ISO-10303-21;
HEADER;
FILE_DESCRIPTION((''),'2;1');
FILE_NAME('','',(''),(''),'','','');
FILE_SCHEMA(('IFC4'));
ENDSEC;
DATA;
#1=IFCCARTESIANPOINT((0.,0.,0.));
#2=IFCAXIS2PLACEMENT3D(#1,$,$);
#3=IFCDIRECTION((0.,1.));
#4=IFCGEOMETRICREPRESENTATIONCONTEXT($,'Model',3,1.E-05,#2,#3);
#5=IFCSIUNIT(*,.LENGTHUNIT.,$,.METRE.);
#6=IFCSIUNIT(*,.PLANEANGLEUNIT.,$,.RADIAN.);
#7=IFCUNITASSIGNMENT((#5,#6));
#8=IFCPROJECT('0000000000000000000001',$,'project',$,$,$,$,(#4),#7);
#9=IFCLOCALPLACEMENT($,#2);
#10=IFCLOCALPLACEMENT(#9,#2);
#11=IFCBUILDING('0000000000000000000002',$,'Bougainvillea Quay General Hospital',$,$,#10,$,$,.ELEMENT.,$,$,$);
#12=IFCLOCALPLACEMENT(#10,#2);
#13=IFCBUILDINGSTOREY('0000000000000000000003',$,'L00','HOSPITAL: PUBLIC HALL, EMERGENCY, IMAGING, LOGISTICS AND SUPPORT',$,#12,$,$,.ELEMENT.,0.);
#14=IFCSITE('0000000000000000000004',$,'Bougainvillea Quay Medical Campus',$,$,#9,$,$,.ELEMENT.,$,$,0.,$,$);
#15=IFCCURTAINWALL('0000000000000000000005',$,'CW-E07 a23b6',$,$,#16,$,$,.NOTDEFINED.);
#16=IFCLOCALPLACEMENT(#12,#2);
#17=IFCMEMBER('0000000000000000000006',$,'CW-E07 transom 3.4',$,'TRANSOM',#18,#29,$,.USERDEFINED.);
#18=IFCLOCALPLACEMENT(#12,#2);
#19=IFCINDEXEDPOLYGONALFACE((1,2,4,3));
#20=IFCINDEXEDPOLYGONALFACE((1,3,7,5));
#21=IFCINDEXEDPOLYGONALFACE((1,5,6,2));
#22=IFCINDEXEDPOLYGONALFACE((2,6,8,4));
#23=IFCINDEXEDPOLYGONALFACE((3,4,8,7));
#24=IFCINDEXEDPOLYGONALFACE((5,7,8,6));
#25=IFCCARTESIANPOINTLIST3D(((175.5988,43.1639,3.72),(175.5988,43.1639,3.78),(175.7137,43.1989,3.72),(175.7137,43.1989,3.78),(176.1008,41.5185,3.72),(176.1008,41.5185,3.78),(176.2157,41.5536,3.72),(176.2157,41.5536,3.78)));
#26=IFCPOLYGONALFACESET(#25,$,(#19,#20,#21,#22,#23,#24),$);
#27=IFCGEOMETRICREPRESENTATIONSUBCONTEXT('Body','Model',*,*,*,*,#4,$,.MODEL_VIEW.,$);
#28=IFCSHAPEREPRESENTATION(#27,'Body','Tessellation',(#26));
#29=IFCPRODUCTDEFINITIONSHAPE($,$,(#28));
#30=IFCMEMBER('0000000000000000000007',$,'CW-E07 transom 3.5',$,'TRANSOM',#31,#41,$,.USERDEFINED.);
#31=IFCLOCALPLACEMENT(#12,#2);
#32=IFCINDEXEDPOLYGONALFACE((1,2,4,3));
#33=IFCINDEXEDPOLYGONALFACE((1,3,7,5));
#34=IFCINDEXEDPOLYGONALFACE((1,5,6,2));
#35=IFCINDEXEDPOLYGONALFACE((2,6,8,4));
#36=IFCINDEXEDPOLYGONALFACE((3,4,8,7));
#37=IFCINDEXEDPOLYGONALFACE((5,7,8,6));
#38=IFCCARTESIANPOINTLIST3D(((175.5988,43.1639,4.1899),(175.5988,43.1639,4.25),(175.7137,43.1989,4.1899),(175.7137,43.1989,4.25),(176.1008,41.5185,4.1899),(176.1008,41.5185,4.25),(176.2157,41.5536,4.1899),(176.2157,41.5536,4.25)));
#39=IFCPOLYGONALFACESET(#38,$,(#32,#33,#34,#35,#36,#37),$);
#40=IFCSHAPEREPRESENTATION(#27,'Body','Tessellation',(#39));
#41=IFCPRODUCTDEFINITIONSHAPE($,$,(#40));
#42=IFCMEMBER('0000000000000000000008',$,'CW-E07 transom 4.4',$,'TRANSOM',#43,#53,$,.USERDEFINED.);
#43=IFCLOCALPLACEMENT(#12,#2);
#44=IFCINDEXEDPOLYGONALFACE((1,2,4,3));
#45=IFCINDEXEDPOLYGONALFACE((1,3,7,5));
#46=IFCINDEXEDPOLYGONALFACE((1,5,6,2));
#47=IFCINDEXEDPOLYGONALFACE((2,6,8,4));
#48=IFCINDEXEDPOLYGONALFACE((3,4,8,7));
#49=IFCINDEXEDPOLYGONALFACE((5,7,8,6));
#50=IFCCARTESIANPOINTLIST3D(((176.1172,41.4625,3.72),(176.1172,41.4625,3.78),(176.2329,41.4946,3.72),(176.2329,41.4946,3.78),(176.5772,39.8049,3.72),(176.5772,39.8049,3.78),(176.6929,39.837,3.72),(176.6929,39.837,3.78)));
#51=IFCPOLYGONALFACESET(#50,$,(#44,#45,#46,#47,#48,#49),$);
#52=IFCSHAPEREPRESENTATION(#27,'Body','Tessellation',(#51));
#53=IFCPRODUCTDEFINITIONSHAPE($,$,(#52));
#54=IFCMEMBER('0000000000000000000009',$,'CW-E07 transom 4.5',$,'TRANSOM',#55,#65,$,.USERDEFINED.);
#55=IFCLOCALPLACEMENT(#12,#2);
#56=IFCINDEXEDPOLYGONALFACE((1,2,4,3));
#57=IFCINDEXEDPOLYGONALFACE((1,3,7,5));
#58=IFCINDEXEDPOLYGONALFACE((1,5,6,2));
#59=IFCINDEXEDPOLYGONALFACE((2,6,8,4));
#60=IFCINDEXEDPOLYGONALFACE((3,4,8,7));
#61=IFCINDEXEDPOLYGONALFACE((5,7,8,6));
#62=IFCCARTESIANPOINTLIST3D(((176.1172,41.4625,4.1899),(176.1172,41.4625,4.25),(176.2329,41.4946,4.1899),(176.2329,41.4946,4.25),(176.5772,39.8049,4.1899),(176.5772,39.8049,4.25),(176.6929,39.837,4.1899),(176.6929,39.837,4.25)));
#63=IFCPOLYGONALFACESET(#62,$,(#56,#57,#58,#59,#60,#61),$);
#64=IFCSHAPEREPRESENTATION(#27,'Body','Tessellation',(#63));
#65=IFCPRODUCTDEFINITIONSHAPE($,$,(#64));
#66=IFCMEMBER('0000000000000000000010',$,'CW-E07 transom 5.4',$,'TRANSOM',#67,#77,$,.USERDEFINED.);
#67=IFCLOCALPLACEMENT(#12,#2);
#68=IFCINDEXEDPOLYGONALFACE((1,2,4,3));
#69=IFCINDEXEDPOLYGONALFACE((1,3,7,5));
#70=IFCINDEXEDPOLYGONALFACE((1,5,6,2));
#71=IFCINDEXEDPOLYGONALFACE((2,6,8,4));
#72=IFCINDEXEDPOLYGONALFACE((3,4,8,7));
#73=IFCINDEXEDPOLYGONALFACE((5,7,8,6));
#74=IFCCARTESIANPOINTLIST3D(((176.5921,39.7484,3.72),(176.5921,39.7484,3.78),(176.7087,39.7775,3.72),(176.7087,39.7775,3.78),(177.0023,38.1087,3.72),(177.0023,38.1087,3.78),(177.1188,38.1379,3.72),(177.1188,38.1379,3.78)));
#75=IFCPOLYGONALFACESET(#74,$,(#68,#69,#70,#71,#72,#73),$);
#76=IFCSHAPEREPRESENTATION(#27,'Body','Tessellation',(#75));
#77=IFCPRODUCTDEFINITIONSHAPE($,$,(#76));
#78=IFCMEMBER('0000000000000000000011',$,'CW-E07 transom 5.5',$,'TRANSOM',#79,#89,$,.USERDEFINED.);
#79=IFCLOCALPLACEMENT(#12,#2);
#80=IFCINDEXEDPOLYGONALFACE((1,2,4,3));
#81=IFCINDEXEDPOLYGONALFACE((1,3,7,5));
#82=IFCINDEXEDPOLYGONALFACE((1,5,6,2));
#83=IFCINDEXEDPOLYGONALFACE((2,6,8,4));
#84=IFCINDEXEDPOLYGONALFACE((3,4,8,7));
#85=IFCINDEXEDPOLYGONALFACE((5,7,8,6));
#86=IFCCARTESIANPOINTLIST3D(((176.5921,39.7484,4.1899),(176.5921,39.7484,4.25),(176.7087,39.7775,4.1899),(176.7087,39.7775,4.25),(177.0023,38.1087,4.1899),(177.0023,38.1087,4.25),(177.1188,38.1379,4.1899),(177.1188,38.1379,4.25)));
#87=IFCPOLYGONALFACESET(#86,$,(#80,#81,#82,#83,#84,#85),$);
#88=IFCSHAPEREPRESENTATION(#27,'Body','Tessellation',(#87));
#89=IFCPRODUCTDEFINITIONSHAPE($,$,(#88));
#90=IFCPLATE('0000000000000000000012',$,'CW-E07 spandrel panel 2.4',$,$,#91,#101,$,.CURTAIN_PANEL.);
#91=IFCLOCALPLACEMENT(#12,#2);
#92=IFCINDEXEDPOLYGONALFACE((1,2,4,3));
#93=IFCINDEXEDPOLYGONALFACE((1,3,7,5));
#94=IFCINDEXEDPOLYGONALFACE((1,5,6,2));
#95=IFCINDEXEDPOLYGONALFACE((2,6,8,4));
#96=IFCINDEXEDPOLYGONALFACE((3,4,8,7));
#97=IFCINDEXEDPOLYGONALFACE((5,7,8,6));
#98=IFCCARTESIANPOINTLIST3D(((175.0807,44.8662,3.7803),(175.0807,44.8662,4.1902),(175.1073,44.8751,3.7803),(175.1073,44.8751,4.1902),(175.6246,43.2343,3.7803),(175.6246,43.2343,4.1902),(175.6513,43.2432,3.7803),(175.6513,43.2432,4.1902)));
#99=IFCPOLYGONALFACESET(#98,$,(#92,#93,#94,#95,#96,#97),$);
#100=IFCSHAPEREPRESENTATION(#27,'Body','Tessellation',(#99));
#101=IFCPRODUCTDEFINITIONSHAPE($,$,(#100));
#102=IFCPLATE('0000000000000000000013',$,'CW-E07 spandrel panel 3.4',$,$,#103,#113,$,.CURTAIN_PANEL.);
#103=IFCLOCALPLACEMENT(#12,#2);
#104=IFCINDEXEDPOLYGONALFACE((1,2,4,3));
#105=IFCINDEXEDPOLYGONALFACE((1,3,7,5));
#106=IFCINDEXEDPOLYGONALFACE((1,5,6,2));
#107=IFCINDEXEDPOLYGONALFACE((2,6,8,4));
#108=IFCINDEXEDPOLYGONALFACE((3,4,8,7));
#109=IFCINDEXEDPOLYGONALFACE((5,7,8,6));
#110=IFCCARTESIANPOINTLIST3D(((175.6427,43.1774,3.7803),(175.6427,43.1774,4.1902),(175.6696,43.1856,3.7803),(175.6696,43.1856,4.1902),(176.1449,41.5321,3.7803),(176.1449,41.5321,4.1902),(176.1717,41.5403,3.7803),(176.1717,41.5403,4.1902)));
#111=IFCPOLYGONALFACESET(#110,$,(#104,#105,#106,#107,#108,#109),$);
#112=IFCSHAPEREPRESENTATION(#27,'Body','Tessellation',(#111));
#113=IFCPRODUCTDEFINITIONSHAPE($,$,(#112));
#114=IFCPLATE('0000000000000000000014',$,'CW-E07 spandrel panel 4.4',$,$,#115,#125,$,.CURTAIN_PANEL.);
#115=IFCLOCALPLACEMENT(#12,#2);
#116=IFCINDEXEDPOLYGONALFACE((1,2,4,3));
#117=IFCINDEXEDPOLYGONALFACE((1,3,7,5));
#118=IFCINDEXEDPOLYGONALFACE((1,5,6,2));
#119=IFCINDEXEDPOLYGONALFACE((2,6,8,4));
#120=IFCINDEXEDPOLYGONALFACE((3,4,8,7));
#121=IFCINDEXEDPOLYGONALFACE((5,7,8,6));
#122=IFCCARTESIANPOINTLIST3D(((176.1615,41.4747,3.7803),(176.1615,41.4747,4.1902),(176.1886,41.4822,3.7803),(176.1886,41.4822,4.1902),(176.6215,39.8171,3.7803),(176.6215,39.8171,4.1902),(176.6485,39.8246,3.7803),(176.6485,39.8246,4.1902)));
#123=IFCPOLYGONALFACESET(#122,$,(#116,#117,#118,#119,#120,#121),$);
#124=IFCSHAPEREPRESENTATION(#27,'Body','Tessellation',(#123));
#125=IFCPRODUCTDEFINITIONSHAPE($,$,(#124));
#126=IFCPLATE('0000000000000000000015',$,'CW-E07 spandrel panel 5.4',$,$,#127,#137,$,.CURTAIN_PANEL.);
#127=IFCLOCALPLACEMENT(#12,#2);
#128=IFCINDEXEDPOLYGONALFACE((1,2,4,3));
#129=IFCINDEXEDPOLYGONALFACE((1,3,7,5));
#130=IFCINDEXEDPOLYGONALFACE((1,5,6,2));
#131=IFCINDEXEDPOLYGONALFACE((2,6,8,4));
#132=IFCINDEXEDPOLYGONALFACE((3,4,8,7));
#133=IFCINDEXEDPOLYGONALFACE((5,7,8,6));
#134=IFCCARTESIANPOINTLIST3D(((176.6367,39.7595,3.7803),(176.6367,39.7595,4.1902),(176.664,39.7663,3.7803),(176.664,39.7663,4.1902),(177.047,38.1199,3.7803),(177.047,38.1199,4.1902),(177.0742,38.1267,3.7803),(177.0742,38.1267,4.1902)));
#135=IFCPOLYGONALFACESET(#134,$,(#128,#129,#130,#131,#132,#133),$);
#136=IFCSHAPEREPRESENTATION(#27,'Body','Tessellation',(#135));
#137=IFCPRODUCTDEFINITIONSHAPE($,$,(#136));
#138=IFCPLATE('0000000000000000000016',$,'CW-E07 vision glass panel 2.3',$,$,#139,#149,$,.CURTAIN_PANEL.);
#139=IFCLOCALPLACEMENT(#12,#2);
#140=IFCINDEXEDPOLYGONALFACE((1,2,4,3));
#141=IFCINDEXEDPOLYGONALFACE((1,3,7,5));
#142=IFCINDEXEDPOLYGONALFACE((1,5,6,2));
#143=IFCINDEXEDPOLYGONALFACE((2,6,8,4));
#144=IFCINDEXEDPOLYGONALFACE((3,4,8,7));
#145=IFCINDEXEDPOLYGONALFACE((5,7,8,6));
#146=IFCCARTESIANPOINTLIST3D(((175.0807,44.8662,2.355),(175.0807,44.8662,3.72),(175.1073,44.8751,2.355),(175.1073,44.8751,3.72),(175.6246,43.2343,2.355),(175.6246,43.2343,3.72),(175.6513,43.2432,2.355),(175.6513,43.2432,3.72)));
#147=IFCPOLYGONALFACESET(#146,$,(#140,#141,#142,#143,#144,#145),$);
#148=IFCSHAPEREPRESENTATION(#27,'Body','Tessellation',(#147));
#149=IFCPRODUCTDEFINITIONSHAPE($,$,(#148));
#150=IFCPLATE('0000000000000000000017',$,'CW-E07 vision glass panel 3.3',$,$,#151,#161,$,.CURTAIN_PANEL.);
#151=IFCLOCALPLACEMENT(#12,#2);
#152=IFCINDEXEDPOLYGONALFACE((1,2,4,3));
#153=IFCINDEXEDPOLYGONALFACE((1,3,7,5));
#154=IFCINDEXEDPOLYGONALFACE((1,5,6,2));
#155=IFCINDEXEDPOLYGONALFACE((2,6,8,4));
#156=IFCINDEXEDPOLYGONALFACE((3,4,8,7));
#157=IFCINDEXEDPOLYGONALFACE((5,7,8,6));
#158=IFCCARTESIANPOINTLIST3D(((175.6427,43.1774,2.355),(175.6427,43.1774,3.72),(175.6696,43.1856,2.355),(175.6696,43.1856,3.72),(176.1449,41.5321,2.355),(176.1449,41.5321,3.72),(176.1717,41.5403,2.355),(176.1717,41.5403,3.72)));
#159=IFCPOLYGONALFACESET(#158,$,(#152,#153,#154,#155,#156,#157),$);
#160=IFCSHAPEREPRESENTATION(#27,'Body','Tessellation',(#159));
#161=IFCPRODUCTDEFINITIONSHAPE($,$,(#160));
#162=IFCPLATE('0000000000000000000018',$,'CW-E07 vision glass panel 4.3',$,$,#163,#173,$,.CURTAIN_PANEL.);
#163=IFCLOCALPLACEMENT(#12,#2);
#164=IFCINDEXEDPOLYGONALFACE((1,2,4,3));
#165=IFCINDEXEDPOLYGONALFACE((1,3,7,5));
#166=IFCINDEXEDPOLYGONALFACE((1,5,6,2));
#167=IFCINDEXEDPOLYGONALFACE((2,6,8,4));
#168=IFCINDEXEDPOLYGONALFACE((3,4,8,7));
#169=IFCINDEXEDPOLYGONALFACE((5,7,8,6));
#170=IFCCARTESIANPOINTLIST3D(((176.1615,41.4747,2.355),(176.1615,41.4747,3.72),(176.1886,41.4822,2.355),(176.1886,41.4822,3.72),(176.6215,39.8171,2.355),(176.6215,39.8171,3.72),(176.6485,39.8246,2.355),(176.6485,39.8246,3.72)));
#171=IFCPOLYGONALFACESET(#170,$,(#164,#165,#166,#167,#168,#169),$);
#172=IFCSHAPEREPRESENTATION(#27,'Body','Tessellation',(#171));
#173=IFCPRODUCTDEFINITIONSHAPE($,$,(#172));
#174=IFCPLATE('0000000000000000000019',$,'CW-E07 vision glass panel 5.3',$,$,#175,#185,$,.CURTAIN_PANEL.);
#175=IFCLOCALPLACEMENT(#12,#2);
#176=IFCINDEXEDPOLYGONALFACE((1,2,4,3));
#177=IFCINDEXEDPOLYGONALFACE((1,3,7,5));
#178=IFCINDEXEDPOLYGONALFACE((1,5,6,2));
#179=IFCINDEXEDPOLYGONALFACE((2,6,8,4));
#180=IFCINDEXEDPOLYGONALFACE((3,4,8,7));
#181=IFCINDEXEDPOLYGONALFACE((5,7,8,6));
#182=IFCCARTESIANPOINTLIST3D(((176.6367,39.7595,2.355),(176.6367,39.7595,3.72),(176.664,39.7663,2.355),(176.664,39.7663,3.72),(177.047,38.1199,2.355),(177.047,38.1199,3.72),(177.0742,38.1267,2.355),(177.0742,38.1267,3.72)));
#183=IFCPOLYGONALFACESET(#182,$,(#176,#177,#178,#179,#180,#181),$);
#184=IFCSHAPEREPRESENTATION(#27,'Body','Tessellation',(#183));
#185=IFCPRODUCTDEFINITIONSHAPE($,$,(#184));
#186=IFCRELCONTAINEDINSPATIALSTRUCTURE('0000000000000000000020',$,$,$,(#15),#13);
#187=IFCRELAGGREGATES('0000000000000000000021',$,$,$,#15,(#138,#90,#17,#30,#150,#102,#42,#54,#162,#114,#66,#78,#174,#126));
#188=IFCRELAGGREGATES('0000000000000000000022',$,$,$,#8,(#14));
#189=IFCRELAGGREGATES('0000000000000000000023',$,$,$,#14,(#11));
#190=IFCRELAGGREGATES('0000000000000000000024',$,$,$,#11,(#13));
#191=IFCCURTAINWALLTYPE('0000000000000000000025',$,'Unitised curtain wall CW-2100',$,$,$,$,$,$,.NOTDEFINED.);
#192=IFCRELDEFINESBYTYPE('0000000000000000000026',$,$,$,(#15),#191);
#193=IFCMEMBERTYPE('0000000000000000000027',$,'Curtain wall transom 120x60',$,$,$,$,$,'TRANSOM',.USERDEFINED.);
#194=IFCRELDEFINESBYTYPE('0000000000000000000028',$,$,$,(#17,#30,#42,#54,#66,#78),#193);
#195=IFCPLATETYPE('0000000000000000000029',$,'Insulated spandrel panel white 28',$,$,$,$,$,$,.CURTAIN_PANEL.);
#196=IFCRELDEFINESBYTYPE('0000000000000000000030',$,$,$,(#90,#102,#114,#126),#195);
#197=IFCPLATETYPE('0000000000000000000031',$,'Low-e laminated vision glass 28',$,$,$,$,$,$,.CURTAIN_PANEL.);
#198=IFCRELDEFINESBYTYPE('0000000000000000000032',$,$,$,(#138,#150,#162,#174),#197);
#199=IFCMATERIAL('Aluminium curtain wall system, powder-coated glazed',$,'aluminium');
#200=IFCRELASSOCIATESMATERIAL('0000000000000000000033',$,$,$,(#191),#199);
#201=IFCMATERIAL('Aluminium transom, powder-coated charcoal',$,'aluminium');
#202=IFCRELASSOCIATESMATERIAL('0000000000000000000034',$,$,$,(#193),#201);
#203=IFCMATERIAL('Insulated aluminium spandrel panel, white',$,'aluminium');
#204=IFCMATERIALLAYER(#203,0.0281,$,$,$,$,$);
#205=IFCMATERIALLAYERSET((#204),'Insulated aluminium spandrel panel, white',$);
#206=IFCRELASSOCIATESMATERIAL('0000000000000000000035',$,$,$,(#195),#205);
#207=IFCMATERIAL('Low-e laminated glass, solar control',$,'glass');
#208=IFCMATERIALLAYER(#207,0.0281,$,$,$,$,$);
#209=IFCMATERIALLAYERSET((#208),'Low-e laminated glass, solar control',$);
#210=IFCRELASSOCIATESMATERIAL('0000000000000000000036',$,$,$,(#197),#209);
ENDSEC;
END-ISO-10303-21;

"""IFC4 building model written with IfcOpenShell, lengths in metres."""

from ifc_helpers import new_model, si_unit, direction, frame, origin, origin_2d, place, context, subcontext, project, spatial, rectangle, extrude, material, layer, layer_set, material_profile, profile_set, type_object, element, aggregate, save


model = new_model("IFC4")

# Units and contexts
model_context = context("Model", 3, precision=1e-05, world=origin(), true_north=direction((0.0, 1.0)))
body_context = subcontext(model_context, "Body", "Model", "MODEL_VIEW")
ifc_project = project(units=[si_unit("LENGTHUNIT", "METRE"), si_unit("PLANEANGLEUNIT", "RADIAN")], contexts=[model_context])

# Site, building, storey
site_placement = place(None, origin())
site = spatial("IfcSite", under=ifc_project, at=site_placement, Name="Bougainvillea Quay Medical Campus", CompositionType="ELEMENT", RefElevation=0.0)
building_placement = place(site_placement, origin())
building = spatial("IfcBuilding", under=site, at=building_placement, Name="Bougainvillea Quay General Hospital", CompositionType="ELEMENT")
storey_placement = place(building_placement, origin())
storey = spatial("IfcBuildingStorey", under=building, at=storey_placement, Name="L00", Description="HOSPITAL: PUBLIC HALL, EMERGENCY, IMAGING, LOGISTICS AND SUPPORT", CompositionType="ELEMENT", Elevation=0.0)

# Curtain wall, members, plates
ifc_material_1 = material(Name="Aluminium curtain wall system, powder-coated glazed", Category="aluminium")
curtain_wall_type = type_object("IfcCurtainWallType", Name="Unitised curtain wall CW-2100", PredefinedType="NOTDEFINED", material=ifc_material_1)
curtain_wall_placement = place(storey_placement, origin())
curtain_wall = element("IfcCurtainWall", 1, at=curtain_wall_placement, inside=storey, type_object=curtain_wall_type, Name="CW-E07 a23b6", PredefinedType="NOTDEFINED")
ifc_material_2 = material(Name="Aluminium transom, powder-coated charcoal", Category="aluminium")
ifc_material_profile_1 = material_profile(ifc_material_2, rectangle(XDim=0.1201, YDim=0.0601, at=origin_2d()))
ifc_profile_set_1 = profile_set([ifc_material_profile_1], Name="Aluminium transom, powder-coated charcoal")
member_type = type_object("IfcMemberType", Name="Curtain wall transom 120x60", ElementType="TRANSOM", PredefinedType="USERDEFINED", material=ifc_profile_set_1)
member_1_placement = place(storey_placement, frame((175.6562, 43.1814, 3.75), z_axis=(0.291811, -0.956476, 0.0), x_axis=(0.956476, 0.291811, 0.0)))
member_1 = element("IfcMember", 2, at=member_1_placement, type_object=member_type, Name="CW-E07 transom 3.4", ObjectType="TRANSOM", PredefinedType="USERDEFINED", context=body_context, shape_type="SweptSolid", body=[
    extrude(rectangle(XDim=0.1201, YDim=0.0601, at=origin_2d()), origin(), (0.0, 0.0, 1.0), 1.7202),
])
member_2_placement = place(storey_placement, frame((175.6562, 43.1814, 4.22), z_axis=(0.291811, -0.956476, 0.0), x_axis=(0.956476, 0.291811, 0.0)))
member_2 = element("IfcMember", 3, at=member_2_placement, type_object=member_type, Name="CW-E07 transom 3.5", ObjectType="TRANSOM", PredefinedType="USERDEFINED", context=body_context, shape_type="SweptSolid", body=[
    extrude(rectangle(XDim=0.1201, YDim=0.0601, at=origin_2d()), origin(), (0.0, 0.0, 1.0), 1.7202),
])
member_3_placement = place(storey_placement, frame((176.175, 41.4785, 3.75), z_axis=(0.267402, -0.963585, 0.0), x_axis=(0.963585, 0.267402, 0.0)))
member_3 = element("IfcMember", 4, at=member_3_placement, type_object=member_type, Name="CW-E07 transom 4.4", ObjectType="TRANSOM", PredefinedType="USERDEFINED", context=body_context, shape_type="SweptSolid", body=[
    extrude(rectangle(XDim=0.1201, YDim=0.0601, at=origin_2d()), origin(), (0.0, 0.0, 1.0), 1.7202),
])
member_4_placement = place(storey_placement, frame((176.175, 41.4785, 4.22), z_axis=(0.267402, -0.963585, 0.0), x_axis=(0.963585, 0.267402, 0.0)))
member_4 = element("IfcMember", 5, at=member_4_placement, type_object=member_type, Name="CW-E07 transom 4.5", ObjectType="TRANSOM", PredefinedType="USERDEFINED", context=body_context, shape_type="SweptSolid", body=[
    extrude(rectangle(XDim=0.1201, YDim=0.0601, at=origin_2d()), origin(), (0.0, 0.0, 1.0), 1.7202),
])
member_5_placement = place(storey_placement, frame((176.6504, 39.7629, 3.75), z_axis=(0.242672, -0.970109, 0.0), x_axis=(0.970109, 0.242672, 0.0)))
member_5 = element("IfcMember", 6, at=member_5_placement, type_object=member_type, Name="CW-E07 transom 5.4", ObjectType="TRANSOM", PredefinedType="USERDEFINED", context=body_context, shape_type="SweptSolid", body=[
    extrude(rectangle(XDim=0.1201, YDim=0.0601, at=origin_2d()), origin(), (0.0, 0.0, 1.0), 1.6902),
])
member_6_placement = place(storey_placement, frame((176.6504, 39.7629, 4.22), z_axis=(0.242672, -0.970109, 0.0), x_axis=(0.970109, 0.242672, 0.0)))
member_6 = element("IfcMember", 7, at=member_6_placement, type_object=member_type, Name="CW-E07 transom 5.5", ObjectType="TRANSOM", PredefinedType="USERDEFINED", context=body_context, shape_type="SweptSolid", body=[
    extrude(rectangle(XDim=0.1201, YDim=0.0601, at=origin_2d()), origin(), (0.0, 0.0, 1.0), 1.6902),
])
ifc_material_3 = material(Name="Insulated aluminium spandrel panel, white", Category="aluminium")
ifc_layer_1 = layer(ifc_material_3, 0.0281)
ifc_layer_set_1 = layer_set([ifc_layer_1], Name="Insulated aluminium spandrel panel, white")
plate_type_1 = type_object("IfcPlateType", Name="Insulated spandrel panel white 28", PredefinedType="CURTAIN_PANEL", material=ifc_layer_set_1)
plate_1_placement = place(storey_placement, frame((175.366, 44.0547, 3.7803), z_axis=(0.0, 0.0, 1.0), x_axis=(0.316219, -0.948686, 0.0)))
plate_1 = element("IfcPlate", 8, at=plate_1_placement, type_object=plate_type_1, Name="CW-E07 spandrel panel 2.4", PredefinedType="CURTAIN_PANEL", context=body_context, shape_type="SweptSolid", body=[
    extrude(rectangle(XDim=1.7202, YDim=0.0281, at=origin_2d()), origin(), (0.0, 0.0, 1.0), 0.4099),
])
plate_2_placement = place(storey_placement, frame((175.9072, 42.3589, 3.7803), z_axis=(0.0, 0.0, 1.0), x_axis=(0.291904, -0.956448, 0.0)))
plate_2 = element("IfcPlate", 9, at=plate_2_placement, type_object=plate_type_1, Name="CW-E07 spandrel panel 3.4", PredefinedType="CURTAIN_PANEL", context=body_context, shape_type="SweptSolid", body=[
    extrude(rectangle(XDim=1.7202, YDim=0.0281, at=origin_2d()), origin(), (0.0, 0.0, 1.0), 0.4099),
])
plate_3_placement = place(storey_placement, frame((176.405, 40.6497, 3.7803), z_axis=(0.0, 0.0, 1.0), x_axis=(0.2674, -0.963586, 0.0)))
plate_3 = element("IfcPlate", 10, at=plate_3_placement, type_object=plate_type_1, Name="CW-E07 spandrel panel 4.4", PredefinedType="CURTAIN_PANEL", context=body_context, shape_type="SweptSolid", body=[
    extrude(rectangle(XDim=1.7202, YDim=0.0281, at=origin_2d()), origin(), (0.0, 0.0, 1.0), 0.4099),
])
plate_4_placement = place(storey_placement, frame((176.8555, 38.9431, 3.7803), z_axis=(0.0, 0.0, 1.0), x_axis=(0.242721, -0.970096, 0.0)))
plate_4 = element("IfcPlate", 11, at=plate_4_placement, type_object=plate_type_1, Name="CW-E07 spandrel panel 5.4", PredefinedType="CURTAIN_PANEL", context=body_context, shape_type="SweptSolid", body=[
    extrude(rectangle(XDim=1.6902, YDim=0.0281, at=origin_2d()), origin(), (0.0, 0.0, 1.0), 0.4099),
])
ifc_material_4 = material(Name="Low-e laminated glass, solar control", Category="glass")
ifc_layer_2 = layer(ifc_material_4, 0.0281)
ifc_layer_set_2 = layer_set([ifc_layer_2], Name="Low-e laminated glass, solar control")
plate_type_2 = type_object("IfcPlateType", Name="Low-e laminated vision glass 28", PredefinedType="CURTAIN_PANEL", material=ifc_layer_set_2)
plate_5_placement = place(storey_placement, frame((175.366, 44.0547, 2.355), z_axis=(0.0, 0.0, 1.0), x_axis=(0.316219, -0.948686, 0.0)))
plate_5 = element("IfcPlate", 12, at=plate_5_placement, type_object=plate_type_2, Name="CW-E07 vision glass panel 2.3", PredefinedType="CURTAIN_PANEL", context=body_context, shape_type="SweptSolid", body=[
    extrude(rectangle(XDim=1.7202, YDim=0.0281, at=origin_2d()), origin(), (0.0, 0.0, 1.0), 1.365),
])
plate_6_placement = place(storey_placement, frame((175.9072, 42.3589, 2.355), z_axis=(0.0, 0.0, 1.0), x_axis=(0.291904, -0.956448, 0.0)))
plate_6 = element("IfcPlate", 13, at=plate_6_placement, type_object=plate_type_2, Name="CW-E07 vision glass panel 3.3", PredefinedType="CURTAIN_PANEL", context=body_context, shape_type="SweptSolid", body=[
    extrude(rectangle(XDim=1.7202, YDim=0.0281, at=origin_2d()), origin(), (0.0, 0.0, 1.0), 1.365),
])
plate_7_placement = place(storey_placement, frame((176.405, 40.6497, 2.355), z_axis=(0.0, 0.0, 1.0), x_axis=(0.2674, -0.963586, 0.0)))
plate_7 = element("IfcPlate", 14, at=plate_7_placement, type_object=plate_type_2, Name="CW-E07 vision glass panel 4.3", PredefinedType="CURTAIN_PANEL", context=body_context, shape_type="SweptSolid", body=[
    extrude(rectangle(XDim=1.7202, YDim=0.0281, at=origin_2d()), origin(), (0.0, 0.0, 1.0), 1.365),
])
plate_8_placement = place(storey_placement, frame((176.8555, 38.9431, 2.355), z_axis=(0.0, 0.0, 1.0), x_axis=(0.242721, -0.970096, 0.0)))
plate_8 = element("IfcPlate", 15, at=plate_8_placement, type_object=plate_type_2, Name="CW-E07 vision glass panel 5.3", PredefinedType="CURTAIN_PANEL", context=body_context, shape_type="SweptSolid", body=[
    extrude(rectangle(XDim=1.6902, YDim=0.0281, at=origin_2d()), origin(), (0.0, 0.0, 1.0), 1.365),
])
aggregate(curtain_wall, [plate_5, plate_1, member_1, member_2, plate_6, plate_2, member_3, member_4, plate_7, plate_3, member_5, member_6, plate_8, plate_4])

save(model, "model.ifc")
